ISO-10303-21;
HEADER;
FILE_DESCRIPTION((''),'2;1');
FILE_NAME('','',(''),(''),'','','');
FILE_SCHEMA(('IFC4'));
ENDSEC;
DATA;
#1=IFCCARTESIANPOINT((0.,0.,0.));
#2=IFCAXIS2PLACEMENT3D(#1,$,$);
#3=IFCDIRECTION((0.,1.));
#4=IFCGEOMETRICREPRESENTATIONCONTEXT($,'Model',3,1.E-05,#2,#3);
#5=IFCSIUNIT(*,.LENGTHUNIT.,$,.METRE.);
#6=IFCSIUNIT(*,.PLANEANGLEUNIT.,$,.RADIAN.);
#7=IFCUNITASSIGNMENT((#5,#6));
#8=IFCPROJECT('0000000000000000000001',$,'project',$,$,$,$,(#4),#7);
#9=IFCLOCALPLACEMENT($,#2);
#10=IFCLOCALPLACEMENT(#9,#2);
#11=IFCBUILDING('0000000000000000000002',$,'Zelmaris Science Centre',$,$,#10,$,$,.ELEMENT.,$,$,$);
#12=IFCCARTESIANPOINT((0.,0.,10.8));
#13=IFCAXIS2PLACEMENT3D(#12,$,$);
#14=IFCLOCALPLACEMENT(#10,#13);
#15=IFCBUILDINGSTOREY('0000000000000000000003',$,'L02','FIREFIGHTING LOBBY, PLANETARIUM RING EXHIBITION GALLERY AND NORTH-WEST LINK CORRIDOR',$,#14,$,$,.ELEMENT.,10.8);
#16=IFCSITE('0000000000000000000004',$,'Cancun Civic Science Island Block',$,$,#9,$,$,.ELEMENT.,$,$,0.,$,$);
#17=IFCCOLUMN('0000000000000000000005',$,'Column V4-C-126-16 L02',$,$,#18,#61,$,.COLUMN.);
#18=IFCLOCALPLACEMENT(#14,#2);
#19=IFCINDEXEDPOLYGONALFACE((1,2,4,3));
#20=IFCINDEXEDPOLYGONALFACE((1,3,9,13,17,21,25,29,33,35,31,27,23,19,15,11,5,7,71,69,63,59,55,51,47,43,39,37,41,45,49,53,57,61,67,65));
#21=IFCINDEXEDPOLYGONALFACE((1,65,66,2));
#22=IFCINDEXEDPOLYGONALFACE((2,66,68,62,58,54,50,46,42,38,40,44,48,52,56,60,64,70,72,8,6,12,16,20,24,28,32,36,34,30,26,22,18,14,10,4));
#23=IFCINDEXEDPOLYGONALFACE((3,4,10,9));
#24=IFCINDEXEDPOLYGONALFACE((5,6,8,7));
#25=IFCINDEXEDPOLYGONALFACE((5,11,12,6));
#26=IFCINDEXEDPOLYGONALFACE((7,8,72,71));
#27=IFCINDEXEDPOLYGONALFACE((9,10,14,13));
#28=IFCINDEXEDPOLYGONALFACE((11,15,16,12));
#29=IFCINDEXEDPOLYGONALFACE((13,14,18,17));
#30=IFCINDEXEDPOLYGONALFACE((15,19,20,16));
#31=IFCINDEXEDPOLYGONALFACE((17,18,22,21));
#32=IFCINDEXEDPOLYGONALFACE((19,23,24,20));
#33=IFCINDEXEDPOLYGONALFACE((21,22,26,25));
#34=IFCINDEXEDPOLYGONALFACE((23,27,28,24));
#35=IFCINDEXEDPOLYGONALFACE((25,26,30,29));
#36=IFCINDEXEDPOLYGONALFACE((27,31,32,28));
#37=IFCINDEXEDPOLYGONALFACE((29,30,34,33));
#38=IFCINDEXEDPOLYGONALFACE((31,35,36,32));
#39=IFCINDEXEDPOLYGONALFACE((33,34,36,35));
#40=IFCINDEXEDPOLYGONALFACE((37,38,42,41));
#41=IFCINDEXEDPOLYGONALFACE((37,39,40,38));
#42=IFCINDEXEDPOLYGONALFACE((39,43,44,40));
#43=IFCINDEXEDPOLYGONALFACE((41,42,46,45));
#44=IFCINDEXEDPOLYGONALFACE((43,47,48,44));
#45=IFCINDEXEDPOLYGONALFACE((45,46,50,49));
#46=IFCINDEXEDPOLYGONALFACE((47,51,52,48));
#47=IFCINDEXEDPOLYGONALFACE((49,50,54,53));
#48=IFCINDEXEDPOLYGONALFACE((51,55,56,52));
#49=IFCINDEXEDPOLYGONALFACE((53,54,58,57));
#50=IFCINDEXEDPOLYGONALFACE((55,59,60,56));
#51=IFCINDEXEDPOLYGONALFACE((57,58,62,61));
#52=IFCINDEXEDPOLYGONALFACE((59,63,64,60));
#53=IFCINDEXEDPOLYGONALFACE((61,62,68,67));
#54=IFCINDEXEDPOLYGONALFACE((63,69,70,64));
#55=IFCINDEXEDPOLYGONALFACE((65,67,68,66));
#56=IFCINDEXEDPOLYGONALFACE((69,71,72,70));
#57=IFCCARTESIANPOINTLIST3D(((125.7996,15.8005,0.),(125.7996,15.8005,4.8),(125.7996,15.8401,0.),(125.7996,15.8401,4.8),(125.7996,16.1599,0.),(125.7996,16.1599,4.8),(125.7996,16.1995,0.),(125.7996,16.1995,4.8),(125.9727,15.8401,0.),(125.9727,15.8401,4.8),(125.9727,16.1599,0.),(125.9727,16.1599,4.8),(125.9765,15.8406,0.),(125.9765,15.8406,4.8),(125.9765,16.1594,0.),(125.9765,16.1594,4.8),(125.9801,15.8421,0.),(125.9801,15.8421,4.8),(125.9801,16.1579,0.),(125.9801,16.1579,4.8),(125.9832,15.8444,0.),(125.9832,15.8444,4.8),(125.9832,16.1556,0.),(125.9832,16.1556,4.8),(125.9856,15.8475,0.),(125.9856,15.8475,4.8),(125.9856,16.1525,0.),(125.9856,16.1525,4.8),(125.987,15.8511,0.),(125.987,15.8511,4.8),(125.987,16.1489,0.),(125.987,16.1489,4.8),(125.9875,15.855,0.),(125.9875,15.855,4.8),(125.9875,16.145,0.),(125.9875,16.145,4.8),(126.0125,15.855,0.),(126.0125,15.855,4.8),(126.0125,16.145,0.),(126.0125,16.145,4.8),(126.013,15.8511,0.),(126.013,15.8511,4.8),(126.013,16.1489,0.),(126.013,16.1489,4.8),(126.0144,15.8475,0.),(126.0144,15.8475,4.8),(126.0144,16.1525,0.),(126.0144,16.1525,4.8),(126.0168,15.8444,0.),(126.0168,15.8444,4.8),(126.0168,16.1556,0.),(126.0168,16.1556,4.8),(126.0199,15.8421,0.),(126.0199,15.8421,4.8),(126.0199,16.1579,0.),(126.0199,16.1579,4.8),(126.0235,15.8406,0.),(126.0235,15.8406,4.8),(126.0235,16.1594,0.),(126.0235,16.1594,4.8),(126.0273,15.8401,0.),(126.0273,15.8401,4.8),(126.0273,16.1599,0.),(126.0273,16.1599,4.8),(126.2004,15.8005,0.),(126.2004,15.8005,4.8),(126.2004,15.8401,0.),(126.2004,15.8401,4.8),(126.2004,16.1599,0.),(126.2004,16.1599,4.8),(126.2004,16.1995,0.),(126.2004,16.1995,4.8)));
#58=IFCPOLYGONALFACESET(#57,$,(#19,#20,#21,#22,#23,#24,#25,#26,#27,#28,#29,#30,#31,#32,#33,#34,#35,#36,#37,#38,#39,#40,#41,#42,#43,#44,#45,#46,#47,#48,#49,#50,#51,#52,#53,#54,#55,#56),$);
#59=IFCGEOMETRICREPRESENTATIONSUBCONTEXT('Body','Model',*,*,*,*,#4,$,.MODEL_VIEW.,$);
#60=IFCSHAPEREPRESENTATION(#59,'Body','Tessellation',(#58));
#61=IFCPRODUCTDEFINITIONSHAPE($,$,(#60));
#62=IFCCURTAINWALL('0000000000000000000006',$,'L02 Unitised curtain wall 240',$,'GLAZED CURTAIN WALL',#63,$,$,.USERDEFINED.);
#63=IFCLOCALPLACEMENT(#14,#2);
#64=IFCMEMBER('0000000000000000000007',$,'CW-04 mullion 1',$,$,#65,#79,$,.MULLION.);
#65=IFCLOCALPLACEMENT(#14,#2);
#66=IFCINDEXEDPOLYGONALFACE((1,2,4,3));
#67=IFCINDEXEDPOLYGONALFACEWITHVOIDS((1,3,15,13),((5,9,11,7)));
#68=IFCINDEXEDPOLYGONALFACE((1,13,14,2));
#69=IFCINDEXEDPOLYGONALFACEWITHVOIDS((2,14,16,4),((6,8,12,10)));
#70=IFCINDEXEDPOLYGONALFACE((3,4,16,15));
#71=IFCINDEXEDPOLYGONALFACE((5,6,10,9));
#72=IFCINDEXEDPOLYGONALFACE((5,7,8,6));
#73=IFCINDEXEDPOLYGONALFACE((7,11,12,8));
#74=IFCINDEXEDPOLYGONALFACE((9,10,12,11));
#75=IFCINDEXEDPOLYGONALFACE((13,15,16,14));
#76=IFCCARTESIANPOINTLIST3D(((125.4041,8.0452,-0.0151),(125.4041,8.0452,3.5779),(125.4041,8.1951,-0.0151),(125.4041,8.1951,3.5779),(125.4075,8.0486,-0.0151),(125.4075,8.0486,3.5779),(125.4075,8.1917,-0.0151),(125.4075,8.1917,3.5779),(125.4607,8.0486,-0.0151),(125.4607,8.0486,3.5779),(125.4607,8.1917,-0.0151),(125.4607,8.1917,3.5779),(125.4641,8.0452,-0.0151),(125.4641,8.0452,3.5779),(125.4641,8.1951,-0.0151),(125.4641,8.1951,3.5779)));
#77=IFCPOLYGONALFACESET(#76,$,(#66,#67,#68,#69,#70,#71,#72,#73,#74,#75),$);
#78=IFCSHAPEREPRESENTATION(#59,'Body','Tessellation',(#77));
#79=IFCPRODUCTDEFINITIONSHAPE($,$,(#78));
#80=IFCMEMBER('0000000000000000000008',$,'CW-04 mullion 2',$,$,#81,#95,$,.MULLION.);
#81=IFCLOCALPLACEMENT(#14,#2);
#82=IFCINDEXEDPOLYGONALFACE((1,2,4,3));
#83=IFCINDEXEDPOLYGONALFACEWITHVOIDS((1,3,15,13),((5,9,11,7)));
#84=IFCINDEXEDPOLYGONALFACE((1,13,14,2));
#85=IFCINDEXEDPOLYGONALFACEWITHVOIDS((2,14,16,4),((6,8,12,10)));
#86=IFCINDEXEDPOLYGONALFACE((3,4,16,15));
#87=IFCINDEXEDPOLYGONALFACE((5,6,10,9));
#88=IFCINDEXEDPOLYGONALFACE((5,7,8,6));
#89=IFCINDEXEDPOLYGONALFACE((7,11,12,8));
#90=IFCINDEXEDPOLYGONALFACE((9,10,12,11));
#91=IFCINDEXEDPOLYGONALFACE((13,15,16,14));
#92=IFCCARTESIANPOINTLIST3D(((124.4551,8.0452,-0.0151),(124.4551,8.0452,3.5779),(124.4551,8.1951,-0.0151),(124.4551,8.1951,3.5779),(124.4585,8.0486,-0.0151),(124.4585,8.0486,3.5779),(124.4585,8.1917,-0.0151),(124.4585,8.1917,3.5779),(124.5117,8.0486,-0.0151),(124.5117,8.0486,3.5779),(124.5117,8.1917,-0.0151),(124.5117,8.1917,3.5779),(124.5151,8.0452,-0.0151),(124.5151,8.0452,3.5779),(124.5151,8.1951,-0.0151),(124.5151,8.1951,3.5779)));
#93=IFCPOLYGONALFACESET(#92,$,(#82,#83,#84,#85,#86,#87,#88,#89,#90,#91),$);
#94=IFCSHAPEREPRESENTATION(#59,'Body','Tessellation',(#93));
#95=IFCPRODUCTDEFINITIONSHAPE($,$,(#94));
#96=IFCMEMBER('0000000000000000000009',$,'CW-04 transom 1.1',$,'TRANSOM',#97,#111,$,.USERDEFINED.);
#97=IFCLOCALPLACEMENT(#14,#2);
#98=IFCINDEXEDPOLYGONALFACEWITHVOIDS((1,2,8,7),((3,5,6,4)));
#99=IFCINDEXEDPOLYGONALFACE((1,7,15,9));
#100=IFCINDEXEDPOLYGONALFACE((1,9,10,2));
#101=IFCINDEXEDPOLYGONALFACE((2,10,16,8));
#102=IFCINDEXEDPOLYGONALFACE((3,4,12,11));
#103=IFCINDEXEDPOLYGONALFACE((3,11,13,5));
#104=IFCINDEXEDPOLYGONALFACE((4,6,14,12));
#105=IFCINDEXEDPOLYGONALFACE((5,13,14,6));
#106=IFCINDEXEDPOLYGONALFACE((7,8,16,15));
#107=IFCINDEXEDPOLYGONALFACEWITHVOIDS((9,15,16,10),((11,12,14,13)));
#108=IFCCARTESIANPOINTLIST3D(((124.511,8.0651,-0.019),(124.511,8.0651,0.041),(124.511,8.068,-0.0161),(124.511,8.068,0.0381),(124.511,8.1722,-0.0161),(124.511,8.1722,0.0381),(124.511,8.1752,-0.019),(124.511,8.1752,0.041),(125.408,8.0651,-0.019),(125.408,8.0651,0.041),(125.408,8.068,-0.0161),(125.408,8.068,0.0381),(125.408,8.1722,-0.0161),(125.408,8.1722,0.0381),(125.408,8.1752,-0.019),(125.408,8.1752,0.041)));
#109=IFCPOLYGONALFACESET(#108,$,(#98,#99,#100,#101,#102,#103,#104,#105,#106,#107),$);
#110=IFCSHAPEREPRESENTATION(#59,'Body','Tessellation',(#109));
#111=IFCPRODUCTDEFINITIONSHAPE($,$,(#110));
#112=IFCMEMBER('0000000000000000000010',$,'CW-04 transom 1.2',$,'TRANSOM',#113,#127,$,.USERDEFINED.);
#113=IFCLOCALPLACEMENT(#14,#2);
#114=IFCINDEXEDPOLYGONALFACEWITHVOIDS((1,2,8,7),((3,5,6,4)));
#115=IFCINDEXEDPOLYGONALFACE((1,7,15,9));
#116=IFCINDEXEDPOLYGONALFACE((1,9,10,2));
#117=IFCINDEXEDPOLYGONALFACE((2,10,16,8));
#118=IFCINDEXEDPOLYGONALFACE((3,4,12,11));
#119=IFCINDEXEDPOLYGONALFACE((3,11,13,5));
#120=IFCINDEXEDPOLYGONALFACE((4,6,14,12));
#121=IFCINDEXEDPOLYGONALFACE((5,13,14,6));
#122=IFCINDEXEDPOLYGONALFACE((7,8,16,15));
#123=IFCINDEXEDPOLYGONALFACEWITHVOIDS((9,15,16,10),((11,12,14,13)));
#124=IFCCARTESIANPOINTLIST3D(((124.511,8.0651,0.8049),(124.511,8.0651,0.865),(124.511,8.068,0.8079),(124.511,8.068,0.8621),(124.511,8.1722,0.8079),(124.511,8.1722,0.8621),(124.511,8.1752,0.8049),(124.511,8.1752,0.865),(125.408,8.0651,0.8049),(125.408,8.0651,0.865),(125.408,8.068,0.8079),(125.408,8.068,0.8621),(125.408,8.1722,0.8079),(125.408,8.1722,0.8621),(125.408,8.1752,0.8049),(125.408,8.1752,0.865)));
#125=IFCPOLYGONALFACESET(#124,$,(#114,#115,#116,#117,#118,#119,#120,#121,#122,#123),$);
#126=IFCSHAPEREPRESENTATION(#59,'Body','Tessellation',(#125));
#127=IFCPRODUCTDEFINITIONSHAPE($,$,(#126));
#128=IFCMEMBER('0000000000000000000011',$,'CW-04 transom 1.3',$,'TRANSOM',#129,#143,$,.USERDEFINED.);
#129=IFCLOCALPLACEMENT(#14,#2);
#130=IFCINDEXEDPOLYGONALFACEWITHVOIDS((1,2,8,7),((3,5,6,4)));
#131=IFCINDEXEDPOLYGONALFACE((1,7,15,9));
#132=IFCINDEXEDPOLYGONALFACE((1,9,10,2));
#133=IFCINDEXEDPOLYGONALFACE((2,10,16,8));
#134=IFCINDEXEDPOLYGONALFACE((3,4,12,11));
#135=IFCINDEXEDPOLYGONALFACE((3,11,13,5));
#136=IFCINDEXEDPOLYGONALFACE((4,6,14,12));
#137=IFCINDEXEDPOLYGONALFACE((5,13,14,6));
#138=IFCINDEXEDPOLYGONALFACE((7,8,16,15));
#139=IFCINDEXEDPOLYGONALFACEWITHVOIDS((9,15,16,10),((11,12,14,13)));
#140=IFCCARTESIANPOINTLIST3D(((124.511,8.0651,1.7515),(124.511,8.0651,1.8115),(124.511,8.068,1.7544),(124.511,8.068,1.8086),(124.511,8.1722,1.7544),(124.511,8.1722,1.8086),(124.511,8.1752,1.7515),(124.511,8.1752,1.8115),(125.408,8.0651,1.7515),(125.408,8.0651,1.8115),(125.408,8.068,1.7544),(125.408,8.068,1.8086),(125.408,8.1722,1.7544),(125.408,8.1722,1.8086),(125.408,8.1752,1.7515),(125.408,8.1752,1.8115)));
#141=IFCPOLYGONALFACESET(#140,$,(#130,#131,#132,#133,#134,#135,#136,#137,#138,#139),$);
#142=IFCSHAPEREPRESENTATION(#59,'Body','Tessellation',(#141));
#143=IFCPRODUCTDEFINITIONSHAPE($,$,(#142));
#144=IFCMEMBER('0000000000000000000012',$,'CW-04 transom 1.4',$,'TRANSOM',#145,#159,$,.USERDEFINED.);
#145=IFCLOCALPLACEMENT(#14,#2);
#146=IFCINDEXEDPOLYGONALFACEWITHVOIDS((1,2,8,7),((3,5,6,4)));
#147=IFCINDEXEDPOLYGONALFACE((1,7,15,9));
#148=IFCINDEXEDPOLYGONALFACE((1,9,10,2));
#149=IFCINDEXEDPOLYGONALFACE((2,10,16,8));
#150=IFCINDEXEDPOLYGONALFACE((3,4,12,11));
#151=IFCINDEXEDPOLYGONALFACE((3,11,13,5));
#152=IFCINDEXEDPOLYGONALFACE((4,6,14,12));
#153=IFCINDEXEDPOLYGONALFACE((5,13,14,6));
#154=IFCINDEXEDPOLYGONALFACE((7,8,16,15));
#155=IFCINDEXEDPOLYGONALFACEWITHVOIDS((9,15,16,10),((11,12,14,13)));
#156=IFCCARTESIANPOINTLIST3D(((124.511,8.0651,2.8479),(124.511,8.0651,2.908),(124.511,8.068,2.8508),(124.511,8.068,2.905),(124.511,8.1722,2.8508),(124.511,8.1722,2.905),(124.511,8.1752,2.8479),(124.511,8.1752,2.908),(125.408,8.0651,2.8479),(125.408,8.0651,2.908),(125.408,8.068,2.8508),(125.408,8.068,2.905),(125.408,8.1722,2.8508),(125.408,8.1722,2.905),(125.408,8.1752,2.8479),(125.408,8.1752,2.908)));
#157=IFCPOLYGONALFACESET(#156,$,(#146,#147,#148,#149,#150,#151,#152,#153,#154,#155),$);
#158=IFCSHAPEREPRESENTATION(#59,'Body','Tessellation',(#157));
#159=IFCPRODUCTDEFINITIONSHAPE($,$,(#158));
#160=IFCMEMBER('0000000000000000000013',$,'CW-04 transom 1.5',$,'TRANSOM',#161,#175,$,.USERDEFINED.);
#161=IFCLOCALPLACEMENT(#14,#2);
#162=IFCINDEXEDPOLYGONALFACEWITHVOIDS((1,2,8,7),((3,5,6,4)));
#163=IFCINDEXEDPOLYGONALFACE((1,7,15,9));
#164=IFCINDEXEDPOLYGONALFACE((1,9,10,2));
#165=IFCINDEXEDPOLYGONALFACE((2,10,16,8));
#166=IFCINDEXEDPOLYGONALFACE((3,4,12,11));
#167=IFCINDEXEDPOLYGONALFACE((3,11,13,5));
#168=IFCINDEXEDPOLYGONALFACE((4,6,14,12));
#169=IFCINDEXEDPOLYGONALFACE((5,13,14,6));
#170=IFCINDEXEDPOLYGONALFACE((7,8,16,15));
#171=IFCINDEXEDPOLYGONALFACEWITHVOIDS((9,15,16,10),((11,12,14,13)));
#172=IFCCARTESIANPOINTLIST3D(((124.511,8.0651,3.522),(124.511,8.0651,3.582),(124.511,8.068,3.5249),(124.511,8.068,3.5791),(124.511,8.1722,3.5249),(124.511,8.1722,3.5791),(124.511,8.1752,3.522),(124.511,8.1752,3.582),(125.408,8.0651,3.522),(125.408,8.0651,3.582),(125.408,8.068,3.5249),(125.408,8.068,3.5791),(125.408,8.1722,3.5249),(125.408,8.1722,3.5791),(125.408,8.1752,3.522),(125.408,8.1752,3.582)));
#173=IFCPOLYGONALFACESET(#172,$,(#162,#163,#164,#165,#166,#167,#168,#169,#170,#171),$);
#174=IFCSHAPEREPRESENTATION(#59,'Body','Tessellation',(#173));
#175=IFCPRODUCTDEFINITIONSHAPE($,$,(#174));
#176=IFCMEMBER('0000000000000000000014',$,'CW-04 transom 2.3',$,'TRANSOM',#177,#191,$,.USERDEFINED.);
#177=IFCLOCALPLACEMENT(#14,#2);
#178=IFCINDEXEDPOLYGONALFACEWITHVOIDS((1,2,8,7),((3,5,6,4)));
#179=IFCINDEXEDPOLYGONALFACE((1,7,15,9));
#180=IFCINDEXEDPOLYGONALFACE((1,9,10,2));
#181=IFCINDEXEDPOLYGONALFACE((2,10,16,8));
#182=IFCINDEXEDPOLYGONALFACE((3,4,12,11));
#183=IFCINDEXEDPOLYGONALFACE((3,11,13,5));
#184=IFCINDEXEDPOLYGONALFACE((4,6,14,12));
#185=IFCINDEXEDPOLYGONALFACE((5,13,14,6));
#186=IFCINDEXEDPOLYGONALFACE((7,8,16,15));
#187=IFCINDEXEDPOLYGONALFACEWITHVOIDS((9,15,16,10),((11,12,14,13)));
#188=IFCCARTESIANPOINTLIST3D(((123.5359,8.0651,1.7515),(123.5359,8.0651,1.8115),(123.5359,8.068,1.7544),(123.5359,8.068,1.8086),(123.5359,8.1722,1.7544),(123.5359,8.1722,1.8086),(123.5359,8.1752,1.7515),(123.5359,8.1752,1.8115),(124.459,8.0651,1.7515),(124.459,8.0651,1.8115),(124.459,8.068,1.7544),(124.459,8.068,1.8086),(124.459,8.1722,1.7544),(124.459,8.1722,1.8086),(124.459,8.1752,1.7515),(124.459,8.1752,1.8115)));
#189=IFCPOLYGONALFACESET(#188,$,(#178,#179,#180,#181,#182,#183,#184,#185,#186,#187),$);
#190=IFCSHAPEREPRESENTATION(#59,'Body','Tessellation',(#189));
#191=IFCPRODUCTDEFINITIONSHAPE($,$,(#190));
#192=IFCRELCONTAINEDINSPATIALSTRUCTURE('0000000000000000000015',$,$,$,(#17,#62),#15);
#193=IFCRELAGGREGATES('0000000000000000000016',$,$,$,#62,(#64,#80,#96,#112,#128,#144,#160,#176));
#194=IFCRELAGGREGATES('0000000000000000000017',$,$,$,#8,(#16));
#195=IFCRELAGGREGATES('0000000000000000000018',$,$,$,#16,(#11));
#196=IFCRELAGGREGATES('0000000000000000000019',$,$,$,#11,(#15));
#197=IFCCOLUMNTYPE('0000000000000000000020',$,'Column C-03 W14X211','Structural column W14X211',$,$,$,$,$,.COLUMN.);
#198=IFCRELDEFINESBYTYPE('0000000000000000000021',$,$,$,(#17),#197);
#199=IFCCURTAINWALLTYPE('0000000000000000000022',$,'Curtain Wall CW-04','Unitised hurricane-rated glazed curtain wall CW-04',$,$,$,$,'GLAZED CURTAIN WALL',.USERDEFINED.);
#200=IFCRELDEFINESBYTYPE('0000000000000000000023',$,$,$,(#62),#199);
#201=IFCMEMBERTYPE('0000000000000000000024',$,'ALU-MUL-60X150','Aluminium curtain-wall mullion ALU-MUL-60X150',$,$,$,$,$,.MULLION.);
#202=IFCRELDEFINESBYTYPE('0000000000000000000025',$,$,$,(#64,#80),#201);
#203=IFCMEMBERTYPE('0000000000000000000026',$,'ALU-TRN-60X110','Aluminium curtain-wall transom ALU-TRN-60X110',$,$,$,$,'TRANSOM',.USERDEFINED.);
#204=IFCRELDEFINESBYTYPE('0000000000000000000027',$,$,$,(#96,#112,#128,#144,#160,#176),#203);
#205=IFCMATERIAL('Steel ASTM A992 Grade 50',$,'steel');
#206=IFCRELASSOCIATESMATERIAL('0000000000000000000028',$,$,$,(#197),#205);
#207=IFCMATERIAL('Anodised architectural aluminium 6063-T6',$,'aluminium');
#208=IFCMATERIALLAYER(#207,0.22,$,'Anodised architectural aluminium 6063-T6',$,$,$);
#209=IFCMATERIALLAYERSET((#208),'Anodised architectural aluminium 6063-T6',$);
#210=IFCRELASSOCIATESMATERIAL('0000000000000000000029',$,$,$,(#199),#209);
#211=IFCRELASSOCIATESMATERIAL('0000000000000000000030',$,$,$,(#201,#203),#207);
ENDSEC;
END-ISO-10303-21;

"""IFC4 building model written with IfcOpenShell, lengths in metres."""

from ifc_helpers import new_model, si_unit, direction, frame, origin, origin_2d, place, context, subcontext, project, spatial, hollow_rectangle, i_section, extrude, material, layer, layer_set, material_profile, profile_set, type_object, element, aggregate, save


model = new_model("IFC4")

# Units and contexts
model_context = context("Model", 3, precision=1e-05, world=origin(), true_north=direction((0.0, 1.0)))
body_context = subcontext(model_context, "Body", "Model", "MODEL_VIEW")
ifc_project = project(units=[si_unit("LENGTHUNIT", "METRE"), si_unit("PLANEANGLEUNIT", "RADIAN")], contexts=[model_context])

# Site, building, storey
site_placement = place(None, origin())
site = spatial("IfcSite", under=ifc_project, at=site_placement, Name="Cancun Civic Science Island Block", CompositionType="ELEMENT", RefElevation=0.0)
building_placement = place(site_placement, origin())
building = spatial("IfcBuilding", under=site, at=building_placement, Name="Zelmaris Science Centre", CompositionType="ELEMENT")
storey_placement = place(building_placement, frame((0.0, 0.0, 10.8)))
storey = spatial("IfcBuildingStorey", under=building, at=storey_placement, Name="L02", Description="FIREFIGHTING LOBBY, PLANETARIUM RING EXHIBITION GALLERY AND NORTH-WEST LINK CORRIDOR", CompositionType="ELEMENT", Elevation=10.8)

# Column
ifc_material_1 = material(Name="Steel ASTM A992 Grade 50", Category="steel")
ifc_material_profile_1 = material_profile(ifc_material_1, i_section(OverallWidth=0.4009, OverallDepth=0.3989, WebThickness=0.0249, FlangeThickness=0.0396, FilletRadius=0.0149, at=origin_2d()), Name="W14X211")
ifc_profile_set_1 = profile_set([ifc_material_profile_1], Name="Steel ASTM A992 Grade 50")
column_type = type_object("IfcColumnType", Name="Column C-03 W14X211", Description="Structural column W14X211", PredefinedType="COLUMN", material=ifc_profile_set_1)
column_placement = place(storey_placement, frame((126.0, 16.0, 0.0), z_axis=(0.0, 0.0, 1.0), x_axis=(1.0, 0.0, 0.0)))
element("IfcColumn", 1, at=column_placement, inside=storey, type_object=column_type, Name="Column V4-C-126-16 L02", PredefinedType="COLUMN", context=body_context, shape_type="SweptSolid", body=[
    extrude(i_section(OverallWidth=0.4009, OverallDepth=0.3989, WebThickness=0.0249, FlangeThickness=0.0396, FilletRadius=0.0149, at=origin_2d()), origin(), (0.0, 0.0, 1.0), 4.8),
])

# Curtain wall, members
ifc_material_2 = material(Name="Anodised architectural aluminium 6063-T6", Category="aluminium")
ifc_layer_1 = layer(ifc_material_2, 0.22, Name="Anodised architectural aluminium 6063-T6")
ifc_layer_set_1 = layer_set([ifc_layer_1], Name="Anodised architectural aluminium 6063-T6")
curtain_wall_type = type_object("IfcCurtainWallType", Name="Curtain Wall CW-04", Description="Unitised hurricane-rated glazed curtain wall CW-04", ElementType="GLAZED CURTAIN WALL", PredefinedType="USERDEFINED", material=ifc_layer_set_1)
curtain_wall_placement = place(storey_placement, origin())
curtain_wall = element("IfcCurtainWall", 2, at=curtain_wall_placement, inside=storey, type_object=curtain_wall_type, Name="L02 Unitised curtain wall 240", ObjectType="GLAZED CURTAIN WALL", PredefinedType="USERDEFINED")
ifc_material_profile_2 = material_profile(ifc_material_2, hollow_rectangle(XDim=0.0601, YDim=0.1499, WallThickness=0.0034, at=origin_2d()), Name="ALU-MUL-60X150")
ifc_profile_set_2 = profile_set([ifc_material_profile_2], Name="Anodised architectural aluminium 6063-T6")
member_type_1 = type_object("IfcMemberType", Name="ALU-MUL-60X150", Description="Aluminium curtain-wall mullion ALU-MUL-60X150", PredefinedType="MULLION", material=ifc_profile_set_2)
member_1_placement = place(storey_placement, frame((125.4341, 8.1201, -0.0151), z_axis=(0.0, 0.0, 1.0), x_axis=(-1.0, 0.0, 0.0)))
member_1 = element("IfcMember", 3, at=member_1_placement, type_object=member_type_1, Name="CW-04 mullion 1", PredefinedType="MULLION", context=body_context, shape_type="SweptSolid", body=[
    extrude(hollow_rectangle(XDim=0.0601, YDim=0.1499, WallThickness=0.0034, at=origin_2d()), origin(), (0.0, 0.0, 1.0), 3.593),
])
member_2_placement = place(storey_placement, frame((124.4851, 8.1201, -0.0151), z_axis=(0.0, 0.0, 1.0), x_axis=(-1.0, 0.0, 0.0)))
member_2 = element("IfcMember", 4, at=member_2_placement, type_object=member_type_1, Name="CW-04 mullion 2", PredefinedType="MULLION", context=body_context, shape_type="SweptSolid", body=[
    extrude(hollow_rectangle(XDim=0.0601, YDim=0.1499, WallThickness=0.0034, at=origin_2d()), origin(), (0.0, 0.0, 1.0), 3.593),
])
ifc_material_profile_3 = material_profile(ifc_material_2, hollow_rectangle(XDim=0.0601, YDim=0.1101, WallThickness=0.0029, at=origin_2d()), Name="ALU-TRN-60X110")
ifc_profile_set_3 = profile_set([ifc_material_profile_3], Name="Anodised architectural aluminium 6063-T6")
member_type_2 = type_object("IfcMemberType", Name="ALU-TRN-60X110", Description="Aluminium curtain-wall transom ALU-TRN-60X110", ElementType="TRANSOM", PredefinedType="USERDEFINED", material=ifc_profile_set_3)
member_3_placement = place(storey_placement, frame((125.408, 8.1201, 0.011), z_axis=(-1.0, 0.0, 0.0), x_axis=(0.0, 0.0, 1.0)))
member_3 = element("IfcMember", 5, at=member_3_placement, type_object=member_type_2, Name="CW-04 transom 1.1", ObjectType="TRANSOM", PredefinedType="USERDEFINED", context=body_context, shape_type="SweptSolid", body=[
    extrude(hollow_rectangle(XDim=0.0601, YDim=0.1101, WallThickness=0.0029, at=origin_2d()), origin(), (0.0, 0.0, 1.0), 0.897),
])
member_4_placement = place(storey_placement, frame((125.408, 8.1201, 0.835), z_axis=(-1.0, 0.0, 0.0), x_axis=(0.0, 0.0, 1.0)))
member_4 = element("IfcMember", 6, at=member_4_placement, type_object=member_type_2, Name="CW-04 transom 1.2", ObjectType="TRANSOM", PredefinedType="USERDEFINED", context=body_context, shape_type="SweptSolid", body=[
    extrude(hollow_rectangle(XDim=0.0601, YDim=0.1101, WallThickness=0.0029, at=origin_2d()), origin(), (0.0, 0.0, 1.0), 0.897),
])
member_5_placement = place(storey_placement, frame((125.408, 8.1201, 1.7815), z_axis=(-1.0, 0.0, 0.0), x_axis=(0.0, 0.0, 1.0)))
member_5 = element("IfcMember", 7, at=member_5_placement, type_object=member_type_2, Name="CW-04 transom 1.3", ObjectType="TRANSOM", PredefinedType="USERDEFINED", context=body_context, shape_type="SweptSolid", body=[
    extrude(hollow_rectangle(XDim=0.0601, YDim=0.1101, WallThickness=0.0029, at=origin_2d()), origin(), (0.0, 0.0, 1.0), 0.897),
])
member_6_placement = place(storey_placement, frame((125.408, 8.1201, 2.8779), z_axis=(-1.0, 0.0, 0.0), x_axis=(0.0, 0.0, 1.0)))
member_6 = element("IfcMember", 8, at=member_6_placement, type_object=member_type_2, Name="CW-04 transom 1.4", ObjectType="TRANSOM", PredefinedType="USERDEFINED", context=body_context, shape_type="SweptSolid", body=[
    extrude(hollow_rectangle(XDim=0.0601, YDim=0.1101, WallThickness=0.0029, at=origin_2d()), origin(), (0.0, 0.0, 1.0), 0.897),
])
member_7_placement = place(storey_placement, frame((125.408, 8.1201, 3.552), z_axis=(-1.0, 0.0, 0.0), x_axis=(0.0, 0.0, 1.0)))
member_7 = element("IfcMember", 9, at=member_7_placement, type_object=member_type_2, Name="CW-04 transom 1.5", ObjectType="TRANSOM", PredefinedType="USERDEFINED", context=body_context, shape_type="SweptSolid", body=[
    extrude(hollow_rectangle(XDim=0.0601, YDim=0.1101, WallThickness=0.0029, at=origin_2d()), origin(), (0.0, 0.0, 1.0), 0.897),
])
member_8_placement = place(storey_placement, frame((124.459, 8.1201, 1.7815), z_axis=(-1.0, 0.0, 0.0), x_axis=(0.0, 0.0, 1.0)))
member_8 = element("IfcMember", 10, at=member_8_placement, type_object=member_type_2, Name="CW-04 transom 2.3", ObjectType="TRANSOM", PredefinedType="USERDEFINED", context=body_context, shape_type="SweptSolid", body=[
    extrude(hollow_rectangle(XDim=0.0601, YDim=0.1101, WallThickness=0.0029, at=origin_2d()), origin(), (0.0, 0.0, 1.0), 0.9231),
])

aggregate(curtain_wall, [member_1, member_2, member_3, member_4, member_5, member_6, member_7, member_8])

save(model, "model.ifc")
